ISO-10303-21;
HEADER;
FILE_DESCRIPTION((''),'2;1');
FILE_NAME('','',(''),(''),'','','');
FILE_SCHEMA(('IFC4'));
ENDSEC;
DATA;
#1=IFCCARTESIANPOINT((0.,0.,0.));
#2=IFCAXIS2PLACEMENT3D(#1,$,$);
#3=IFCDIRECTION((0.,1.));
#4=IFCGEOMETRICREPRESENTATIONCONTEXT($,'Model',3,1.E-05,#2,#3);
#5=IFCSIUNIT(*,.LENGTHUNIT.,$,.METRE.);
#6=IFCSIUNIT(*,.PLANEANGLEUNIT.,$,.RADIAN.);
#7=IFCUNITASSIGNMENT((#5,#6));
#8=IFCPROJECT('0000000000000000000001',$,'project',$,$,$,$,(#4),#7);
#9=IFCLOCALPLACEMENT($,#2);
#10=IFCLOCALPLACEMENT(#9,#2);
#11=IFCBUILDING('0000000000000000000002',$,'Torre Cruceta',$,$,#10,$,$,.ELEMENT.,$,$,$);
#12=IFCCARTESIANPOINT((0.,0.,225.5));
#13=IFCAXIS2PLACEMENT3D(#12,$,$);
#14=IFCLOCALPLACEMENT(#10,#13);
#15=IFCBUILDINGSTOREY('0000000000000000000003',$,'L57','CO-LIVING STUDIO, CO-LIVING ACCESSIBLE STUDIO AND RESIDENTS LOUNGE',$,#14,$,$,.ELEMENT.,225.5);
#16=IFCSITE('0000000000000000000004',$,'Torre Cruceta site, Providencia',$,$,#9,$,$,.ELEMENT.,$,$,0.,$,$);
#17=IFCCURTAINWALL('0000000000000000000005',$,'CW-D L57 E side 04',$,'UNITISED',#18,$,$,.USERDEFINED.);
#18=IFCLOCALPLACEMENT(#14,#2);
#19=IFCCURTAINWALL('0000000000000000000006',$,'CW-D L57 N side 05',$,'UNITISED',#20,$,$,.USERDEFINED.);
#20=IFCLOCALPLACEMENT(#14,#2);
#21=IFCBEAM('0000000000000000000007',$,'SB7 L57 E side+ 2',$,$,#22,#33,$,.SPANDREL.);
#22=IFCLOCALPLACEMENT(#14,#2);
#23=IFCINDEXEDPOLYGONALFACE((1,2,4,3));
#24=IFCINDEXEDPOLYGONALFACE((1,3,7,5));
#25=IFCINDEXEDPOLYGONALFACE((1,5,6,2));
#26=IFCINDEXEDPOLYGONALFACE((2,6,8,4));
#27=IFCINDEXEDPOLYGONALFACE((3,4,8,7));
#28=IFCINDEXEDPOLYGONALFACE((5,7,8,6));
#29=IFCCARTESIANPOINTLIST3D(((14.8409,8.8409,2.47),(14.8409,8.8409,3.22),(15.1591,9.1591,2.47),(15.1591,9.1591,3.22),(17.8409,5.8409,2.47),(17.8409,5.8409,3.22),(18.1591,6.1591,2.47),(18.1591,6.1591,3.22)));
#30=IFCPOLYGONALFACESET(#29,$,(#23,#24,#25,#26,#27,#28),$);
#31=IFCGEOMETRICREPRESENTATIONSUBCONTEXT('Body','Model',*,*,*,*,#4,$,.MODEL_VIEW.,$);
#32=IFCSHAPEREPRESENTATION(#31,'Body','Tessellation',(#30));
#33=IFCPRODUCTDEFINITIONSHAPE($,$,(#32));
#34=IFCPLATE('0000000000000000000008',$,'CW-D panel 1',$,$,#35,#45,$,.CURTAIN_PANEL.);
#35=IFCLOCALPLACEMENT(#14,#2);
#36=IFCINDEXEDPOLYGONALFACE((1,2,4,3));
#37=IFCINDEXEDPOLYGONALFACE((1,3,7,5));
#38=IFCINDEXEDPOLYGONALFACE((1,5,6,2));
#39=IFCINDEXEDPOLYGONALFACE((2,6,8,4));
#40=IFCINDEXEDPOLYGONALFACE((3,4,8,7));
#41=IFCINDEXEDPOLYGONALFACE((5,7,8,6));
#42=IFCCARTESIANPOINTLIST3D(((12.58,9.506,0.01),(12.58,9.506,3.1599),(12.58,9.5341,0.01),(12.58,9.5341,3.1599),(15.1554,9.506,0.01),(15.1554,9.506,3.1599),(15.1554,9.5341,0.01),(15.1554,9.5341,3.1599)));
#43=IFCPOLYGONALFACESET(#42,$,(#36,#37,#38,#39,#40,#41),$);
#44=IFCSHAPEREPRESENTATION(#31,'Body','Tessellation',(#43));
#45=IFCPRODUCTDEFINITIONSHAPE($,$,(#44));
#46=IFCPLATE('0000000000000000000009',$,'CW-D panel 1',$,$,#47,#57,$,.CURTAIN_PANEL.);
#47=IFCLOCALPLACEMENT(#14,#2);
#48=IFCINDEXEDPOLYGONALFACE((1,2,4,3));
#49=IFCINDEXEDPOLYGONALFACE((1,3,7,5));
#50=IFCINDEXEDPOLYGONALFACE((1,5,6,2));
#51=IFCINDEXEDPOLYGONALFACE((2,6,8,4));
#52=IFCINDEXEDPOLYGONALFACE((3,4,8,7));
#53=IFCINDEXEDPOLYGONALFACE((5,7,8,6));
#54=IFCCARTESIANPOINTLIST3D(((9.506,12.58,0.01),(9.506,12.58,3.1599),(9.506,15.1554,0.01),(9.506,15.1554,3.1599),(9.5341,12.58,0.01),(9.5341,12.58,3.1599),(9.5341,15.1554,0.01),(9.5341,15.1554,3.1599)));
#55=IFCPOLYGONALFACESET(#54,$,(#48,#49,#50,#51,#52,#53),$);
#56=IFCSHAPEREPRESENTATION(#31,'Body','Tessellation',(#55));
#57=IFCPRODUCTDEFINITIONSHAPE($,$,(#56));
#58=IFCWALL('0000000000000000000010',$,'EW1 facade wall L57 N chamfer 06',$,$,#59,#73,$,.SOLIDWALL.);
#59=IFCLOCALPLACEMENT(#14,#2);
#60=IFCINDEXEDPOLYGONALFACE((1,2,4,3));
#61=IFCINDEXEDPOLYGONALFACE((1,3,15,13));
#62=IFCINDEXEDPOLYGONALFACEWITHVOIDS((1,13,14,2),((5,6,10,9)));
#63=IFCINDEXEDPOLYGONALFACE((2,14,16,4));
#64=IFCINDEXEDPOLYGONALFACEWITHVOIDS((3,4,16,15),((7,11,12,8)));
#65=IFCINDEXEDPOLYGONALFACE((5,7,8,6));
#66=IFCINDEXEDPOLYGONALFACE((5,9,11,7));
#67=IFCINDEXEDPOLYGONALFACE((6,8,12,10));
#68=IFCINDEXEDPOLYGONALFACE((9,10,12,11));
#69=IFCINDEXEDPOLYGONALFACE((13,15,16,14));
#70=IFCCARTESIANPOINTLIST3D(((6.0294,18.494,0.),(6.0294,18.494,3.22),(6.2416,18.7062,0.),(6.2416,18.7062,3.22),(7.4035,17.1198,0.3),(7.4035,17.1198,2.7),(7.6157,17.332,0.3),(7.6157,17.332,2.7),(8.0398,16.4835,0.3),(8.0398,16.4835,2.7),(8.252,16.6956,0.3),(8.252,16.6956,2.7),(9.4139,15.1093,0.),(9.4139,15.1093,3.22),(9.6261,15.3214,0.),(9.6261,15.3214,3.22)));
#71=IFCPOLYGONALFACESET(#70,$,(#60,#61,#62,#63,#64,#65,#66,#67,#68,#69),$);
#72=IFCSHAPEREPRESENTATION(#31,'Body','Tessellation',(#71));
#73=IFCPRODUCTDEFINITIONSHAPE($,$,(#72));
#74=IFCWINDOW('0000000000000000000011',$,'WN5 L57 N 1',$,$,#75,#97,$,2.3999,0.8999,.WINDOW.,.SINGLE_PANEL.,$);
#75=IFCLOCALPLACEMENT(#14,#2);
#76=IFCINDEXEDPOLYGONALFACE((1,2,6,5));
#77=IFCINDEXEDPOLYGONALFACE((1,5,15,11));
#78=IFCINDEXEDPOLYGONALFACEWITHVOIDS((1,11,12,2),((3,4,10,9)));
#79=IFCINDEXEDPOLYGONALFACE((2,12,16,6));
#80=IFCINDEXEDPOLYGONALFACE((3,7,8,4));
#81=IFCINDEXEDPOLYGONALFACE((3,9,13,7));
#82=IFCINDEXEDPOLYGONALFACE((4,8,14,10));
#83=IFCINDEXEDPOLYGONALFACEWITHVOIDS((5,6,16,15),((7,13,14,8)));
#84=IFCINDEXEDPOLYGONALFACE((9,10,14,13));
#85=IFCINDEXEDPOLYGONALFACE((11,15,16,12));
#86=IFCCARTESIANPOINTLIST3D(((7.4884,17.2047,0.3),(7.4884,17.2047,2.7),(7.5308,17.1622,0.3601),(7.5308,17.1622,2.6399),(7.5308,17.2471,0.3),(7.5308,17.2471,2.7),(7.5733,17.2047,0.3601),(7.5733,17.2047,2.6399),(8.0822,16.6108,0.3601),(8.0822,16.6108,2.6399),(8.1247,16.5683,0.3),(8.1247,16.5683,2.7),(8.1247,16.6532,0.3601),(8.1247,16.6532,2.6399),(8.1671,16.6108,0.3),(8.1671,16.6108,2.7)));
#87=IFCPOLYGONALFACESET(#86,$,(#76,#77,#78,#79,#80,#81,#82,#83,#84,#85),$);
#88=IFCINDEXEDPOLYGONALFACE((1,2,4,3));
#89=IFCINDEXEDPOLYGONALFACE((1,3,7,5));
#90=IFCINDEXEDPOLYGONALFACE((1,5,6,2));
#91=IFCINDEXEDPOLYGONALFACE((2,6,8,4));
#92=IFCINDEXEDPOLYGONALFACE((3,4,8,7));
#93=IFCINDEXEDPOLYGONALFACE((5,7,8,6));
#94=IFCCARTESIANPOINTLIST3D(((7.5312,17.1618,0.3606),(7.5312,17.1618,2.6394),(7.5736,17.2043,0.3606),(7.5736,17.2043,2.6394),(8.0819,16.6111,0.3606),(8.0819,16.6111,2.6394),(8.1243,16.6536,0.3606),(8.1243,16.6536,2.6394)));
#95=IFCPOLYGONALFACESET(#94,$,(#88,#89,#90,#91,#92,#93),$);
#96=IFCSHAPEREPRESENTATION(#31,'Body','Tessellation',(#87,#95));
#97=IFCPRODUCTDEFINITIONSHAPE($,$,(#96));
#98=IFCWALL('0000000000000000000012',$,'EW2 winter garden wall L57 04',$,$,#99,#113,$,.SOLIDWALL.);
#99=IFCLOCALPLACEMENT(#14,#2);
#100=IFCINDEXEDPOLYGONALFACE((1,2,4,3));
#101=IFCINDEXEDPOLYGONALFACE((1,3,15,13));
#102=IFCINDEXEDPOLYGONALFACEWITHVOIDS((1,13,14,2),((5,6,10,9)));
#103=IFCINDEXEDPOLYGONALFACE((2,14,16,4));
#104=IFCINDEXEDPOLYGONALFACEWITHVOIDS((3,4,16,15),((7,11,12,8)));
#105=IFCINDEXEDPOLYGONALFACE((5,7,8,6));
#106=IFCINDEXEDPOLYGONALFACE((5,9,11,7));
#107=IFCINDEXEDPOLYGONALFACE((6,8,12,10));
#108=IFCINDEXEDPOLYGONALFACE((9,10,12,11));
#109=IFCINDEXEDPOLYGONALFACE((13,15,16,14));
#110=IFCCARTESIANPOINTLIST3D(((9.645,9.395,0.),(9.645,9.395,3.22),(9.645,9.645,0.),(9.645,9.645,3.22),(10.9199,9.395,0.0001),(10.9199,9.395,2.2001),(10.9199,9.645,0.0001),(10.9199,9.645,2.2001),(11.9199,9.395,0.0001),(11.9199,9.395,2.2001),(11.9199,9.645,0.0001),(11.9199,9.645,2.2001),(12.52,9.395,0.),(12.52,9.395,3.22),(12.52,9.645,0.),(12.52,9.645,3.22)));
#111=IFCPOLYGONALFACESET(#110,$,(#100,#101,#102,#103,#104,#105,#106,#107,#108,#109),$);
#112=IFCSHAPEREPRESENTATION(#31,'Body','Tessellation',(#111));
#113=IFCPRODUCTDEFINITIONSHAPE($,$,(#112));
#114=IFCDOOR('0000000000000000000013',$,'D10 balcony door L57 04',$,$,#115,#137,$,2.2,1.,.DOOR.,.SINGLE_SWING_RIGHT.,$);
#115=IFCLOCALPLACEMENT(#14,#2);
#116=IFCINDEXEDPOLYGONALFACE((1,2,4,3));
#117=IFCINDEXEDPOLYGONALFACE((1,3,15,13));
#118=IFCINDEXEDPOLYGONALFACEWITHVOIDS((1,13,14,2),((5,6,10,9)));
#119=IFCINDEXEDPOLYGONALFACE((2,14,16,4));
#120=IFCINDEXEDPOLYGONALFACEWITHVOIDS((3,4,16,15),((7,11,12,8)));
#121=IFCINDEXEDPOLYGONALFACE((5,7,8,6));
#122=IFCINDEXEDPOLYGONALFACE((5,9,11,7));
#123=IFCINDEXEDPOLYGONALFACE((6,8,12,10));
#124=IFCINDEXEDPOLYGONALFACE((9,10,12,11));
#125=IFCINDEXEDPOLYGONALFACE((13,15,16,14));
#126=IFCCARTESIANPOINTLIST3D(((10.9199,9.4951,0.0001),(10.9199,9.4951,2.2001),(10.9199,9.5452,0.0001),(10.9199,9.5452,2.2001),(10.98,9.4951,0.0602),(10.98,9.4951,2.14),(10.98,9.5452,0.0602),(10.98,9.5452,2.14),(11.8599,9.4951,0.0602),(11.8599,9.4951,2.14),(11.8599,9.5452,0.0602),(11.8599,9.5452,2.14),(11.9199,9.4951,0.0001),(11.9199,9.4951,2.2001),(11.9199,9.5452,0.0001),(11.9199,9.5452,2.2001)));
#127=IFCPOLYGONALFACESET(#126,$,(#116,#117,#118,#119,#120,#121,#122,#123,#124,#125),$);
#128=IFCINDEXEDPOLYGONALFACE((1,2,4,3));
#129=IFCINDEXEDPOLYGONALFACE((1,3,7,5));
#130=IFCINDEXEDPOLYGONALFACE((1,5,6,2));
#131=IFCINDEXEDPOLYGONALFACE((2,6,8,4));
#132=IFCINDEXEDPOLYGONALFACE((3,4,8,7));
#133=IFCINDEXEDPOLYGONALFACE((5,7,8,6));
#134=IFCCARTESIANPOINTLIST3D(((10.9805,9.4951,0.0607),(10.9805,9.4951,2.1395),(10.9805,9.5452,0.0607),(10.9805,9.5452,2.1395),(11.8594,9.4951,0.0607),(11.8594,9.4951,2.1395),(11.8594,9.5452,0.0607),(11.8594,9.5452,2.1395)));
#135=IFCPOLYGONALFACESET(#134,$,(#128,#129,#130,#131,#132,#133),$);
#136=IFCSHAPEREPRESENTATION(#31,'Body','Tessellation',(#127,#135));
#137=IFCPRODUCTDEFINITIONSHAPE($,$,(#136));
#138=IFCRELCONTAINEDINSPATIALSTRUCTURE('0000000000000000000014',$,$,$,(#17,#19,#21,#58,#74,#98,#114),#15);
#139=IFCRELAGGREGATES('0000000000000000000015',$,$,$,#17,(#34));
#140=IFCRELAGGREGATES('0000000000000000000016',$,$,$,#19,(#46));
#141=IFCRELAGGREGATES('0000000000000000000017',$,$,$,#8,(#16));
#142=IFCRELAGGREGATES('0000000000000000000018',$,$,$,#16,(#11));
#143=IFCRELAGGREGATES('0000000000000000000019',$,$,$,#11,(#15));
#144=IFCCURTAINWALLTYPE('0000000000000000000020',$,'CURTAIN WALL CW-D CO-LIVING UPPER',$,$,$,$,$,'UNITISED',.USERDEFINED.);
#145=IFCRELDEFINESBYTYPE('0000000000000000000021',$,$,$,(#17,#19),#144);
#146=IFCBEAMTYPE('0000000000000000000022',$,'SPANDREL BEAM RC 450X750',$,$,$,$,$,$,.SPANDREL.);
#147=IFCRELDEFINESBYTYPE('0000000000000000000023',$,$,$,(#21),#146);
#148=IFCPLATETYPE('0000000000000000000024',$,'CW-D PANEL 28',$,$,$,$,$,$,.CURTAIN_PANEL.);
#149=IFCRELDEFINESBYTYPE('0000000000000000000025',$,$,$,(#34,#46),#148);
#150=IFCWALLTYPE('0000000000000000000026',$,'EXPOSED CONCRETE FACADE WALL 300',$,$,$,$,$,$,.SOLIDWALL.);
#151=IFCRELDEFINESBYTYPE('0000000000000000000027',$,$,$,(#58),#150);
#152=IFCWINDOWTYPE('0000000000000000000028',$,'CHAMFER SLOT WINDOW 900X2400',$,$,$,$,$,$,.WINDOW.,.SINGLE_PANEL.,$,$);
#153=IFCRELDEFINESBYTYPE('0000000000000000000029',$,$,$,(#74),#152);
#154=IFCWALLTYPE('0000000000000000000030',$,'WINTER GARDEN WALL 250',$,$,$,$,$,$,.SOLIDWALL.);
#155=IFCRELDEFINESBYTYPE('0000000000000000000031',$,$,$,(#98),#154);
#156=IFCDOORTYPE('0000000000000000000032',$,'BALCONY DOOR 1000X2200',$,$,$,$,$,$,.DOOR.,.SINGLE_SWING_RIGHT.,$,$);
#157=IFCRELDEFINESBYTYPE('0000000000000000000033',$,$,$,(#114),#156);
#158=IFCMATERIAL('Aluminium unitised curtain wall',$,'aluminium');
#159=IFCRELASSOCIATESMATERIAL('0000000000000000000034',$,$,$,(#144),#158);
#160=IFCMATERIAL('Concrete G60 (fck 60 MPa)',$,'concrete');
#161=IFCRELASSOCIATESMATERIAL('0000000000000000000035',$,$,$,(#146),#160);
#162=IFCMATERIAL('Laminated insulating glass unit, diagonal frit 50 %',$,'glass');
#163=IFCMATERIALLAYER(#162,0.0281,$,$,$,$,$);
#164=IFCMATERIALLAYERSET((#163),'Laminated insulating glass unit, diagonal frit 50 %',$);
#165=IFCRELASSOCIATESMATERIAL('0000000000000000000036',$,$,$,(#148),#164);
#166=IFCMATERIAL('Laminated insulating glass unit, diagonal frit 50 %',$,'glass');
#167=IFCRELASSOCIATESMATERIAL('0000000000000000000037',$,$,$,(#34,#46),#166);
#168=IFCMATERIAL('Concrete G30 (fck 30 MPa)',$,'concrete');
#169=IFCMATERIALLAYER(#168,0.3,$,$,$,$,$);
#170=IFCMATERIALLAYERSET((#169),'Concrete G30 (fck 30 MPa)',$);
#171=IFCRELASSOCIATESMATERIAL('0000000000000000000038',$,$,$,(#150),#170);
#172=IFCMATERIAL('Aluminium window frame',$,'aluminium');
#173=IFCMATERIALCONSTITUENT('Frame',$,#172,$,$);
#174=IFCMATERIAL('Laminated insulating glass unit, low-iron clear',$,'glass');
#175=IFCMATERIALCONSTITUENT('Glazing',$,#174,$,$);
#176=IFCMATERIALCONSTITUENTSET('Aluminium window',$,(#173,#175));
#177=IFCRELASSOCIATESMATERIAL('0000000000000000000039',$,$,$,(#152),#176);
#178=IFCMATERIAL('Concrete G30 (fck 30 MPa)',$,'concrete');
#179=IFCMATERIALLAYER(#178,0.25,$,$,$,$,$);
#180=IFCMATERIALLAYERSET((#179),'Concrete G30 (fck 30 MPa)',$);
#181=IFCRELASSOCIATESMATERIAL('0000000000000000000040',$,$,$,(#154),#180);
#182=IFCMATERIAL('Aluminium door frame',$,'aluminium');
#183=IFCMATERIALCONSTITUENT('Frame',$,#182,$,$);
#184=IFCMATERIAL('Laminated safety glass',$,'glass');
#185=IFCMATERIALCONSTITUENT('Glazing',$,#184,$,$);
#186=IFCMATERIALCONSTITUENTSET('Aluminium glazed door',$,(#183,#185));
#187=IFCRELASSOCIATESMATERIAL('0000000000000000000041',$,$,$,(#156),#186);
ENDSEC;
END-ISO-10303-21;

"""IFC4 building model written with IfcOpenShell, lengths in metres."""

from ifc_helpers import new_model, si_unit, direction, frame, frame_2d, origin, origin_2d, place, context, subcontext, project, spatial, rectangle, hollow_rectangle, extrude, material, layer, layer_set, constituent, constituent_set, material_profile, profile_set, type_object, element, fill, aggregate, save


model = new_model("IFC4")

# Units and contexts
model_context = context("Model", 3, precision=1e-05, world=origin(), true_north=direction((0.0, 1.0)))
body_context = subcontext(model_context, "Body", "Model", "MODEL_VIEW")
ifc_project = project(units=[si_unit("LENGTHUNIT", "METRE"), si_unit("PLANEANGLEUNIT", "RADIAN")], contexts=[model_context])

# Site, building, storey
site_placement = place(None, origin())
site = spatial("IfcSite", under=ifc_project, at=site_placement, Name="Torre Cruceta site, Providencia", CompositionType="ELEMENT", RefElevation=0.0)
building_placement = place(site_placement, origin())
building = spatial("IfcBuilding", under=site, at=building_placement, Name="Torre Cruceta", CompositionType="ELEMENT")
storey_placement = place(building_placement, frame((0.0, 0.0, 225.5)))
storey = spatial("IfcBuildingStorey", under=building, at=storey_placement, Name="L57", Description="CO-LIVING STUDIO, CO-LIVING ACCESSIBLE STUDIO AND RESIDENTS LOUNGE", CompositionType="ELEMENT", Elevation=225.5)

# Curtain walls
ifc_material_1 = material(Name="Aluminium unitised curtain wall", Category="aluminium")
curtain_wall_type = type_object("IfcCurtainWallType", Name="CURTAIN WALL CW-D CO-LIVING UPPER", ElementType="UNITISED", PredefinedType="USERDEFINED", material=ifc_material_1)
curtain_wall_1_placement = place(storey_placement, origin())
curtain_wall_1 = element("IfcCurtainWall", 1, at=curtain_wall_1_placement, inside=storey, type_object=curtain_wall_type, Name="CW-D L57 E side 04", ObjectType="UNITISED", PredefinedType="USERDEFINED")
curtain_wall_2_placement = place(storey_placement, origin())
curtain_wall_2 = element("IfcCurtainWall", 2, at=curtain_wall_2_placement, inside=storey, type_object=curtain_wall_type, Name="CW-D L57 N side 05", ObjectType="UNITISED", PredefinedType="USERDEFINED")

# Beam
ifc_material_2 = material(Name="Concrete G60 (fck 60 MPa)", Category="concrete")
ifc_material_profile_1 = material_profile(ifc_material_2, rectangle(XDim=0.45, YDim=0.75, at=origin_2d()), Name="RC 450X750")
ifc_profile_set_1 = profile_set([ifc_material_profile_1], Name="Concrete G60 (fck 60 MPa)")
beam_type_1 = type_object("IfcBeamType", Name="SPANDREL BEAM RC 450X750", PredefinedType="SPANDREL", material=ifc_profile_set_1)
beam_1_placement = place(storey_placement, frame((15.0, 9.0, 2.845), z_axis=(0.707107, -0.707107, 0.0), x_axis=(0.707107, 0.707107, 0.0)))
element("IfcBeam", 3, at=beam_1_placement, inside=storey, type_object=beam_type_1, Name="SB7 L57 E side+ 2", PredefinedType="SPANDREL", context=body_context, shape_type="SweptSolid", body=[
    extrude(rectangle(XDim=0.45, YDim=0.75, at=origin_2d()), origin(), (0.0, 0.0, 1.0), 4.2427),
])

# Plates
ifc_material_3 = material(Name="Laminated insulating glass unit, diagonal frit 50 %", Category="glass")
ifc_material_4 = material(Name="Laminated insulating glass unit, diagonal frit 50 %", Category="glass")
ifc_layer_1 = layer(ifc_material_4, 0.0281)
ifc_layer_set_1 = layer_set([ifc_layer_1], Name="Laminated insulating glass unit, diagonal frit 50 %")
plate_type = type_object("IfcPlateType", Name="CW-D PANEL 28", PredefinedType="CURTAIN_PANEL", material=ifc_layer_set_1)
plate_1_placement = place(storey_placement, frame((13.8677, 9.52, 0.01), z_axis=(0.0, 0.0, 1.0), x_axis=(-1.0, 0.0, 0.0)))
plate_1 = element("IfcPlate", 4, at=plate_1_placement, type_object=plate_type, material=ifc_material_3, Name="CW-D panel 1", PredefinedType="CURTAIN_PANEL", context=body_context, shape_type="SweptSolid", body=[
    extrude(rectangle(XDim=2.5754, YDim=0.0281, at=origin_2d()), origin(), (0.0, 0.0, 1.0), 3.1499),
])
aggregate(curtain_wall_1, [plate_1])
plate_2_placement = place(storey_placement, frame((9.52, 13.8677, 0.01), z_axis=(0.0, 0.0, 1.0), x_axis=(0.0, 1.0, 0.0)))
plate_2 = element("IfcPlate", 5, at=plate_2_placement, type_object=plate_type, material=ifc_material_3, Name="CW-D panel 1", PredefinedType="CURTAIN_PANEL", context=body_context, shape_type="SweptSolid", body=[
    extrude(rectangle(XDim=2.5754, YDim=0.0281, at=origin_2d()), origin(), (0.0, 0.0, 1.0), 3.1499),
])
aggregate(curtain_wall_2, [plate_2])

# Wall, opening, window
ifc_material_5 = material(Name="Concrete G30 (fck 30 MPa)", Category="concrete")
ifc_layer_2 = layer(ifc_material_5, 0.3)
ifc_layer_set_2 = layer_set([ifc_layer_2], Name="Concrete G30 (fck 30 MPa)")
wall_type_1 = type_object("IfcWallType", Name="EXPOSED CONCRETE FACADE WALL 300", PredefinedType="SOLIDWALL", material=ifc_layer_set_2)
wall_1_placement = place(storey_placement, frame((9.52, 15.2153, 0.0), z_axis=(0.0, 0.0, 1.0), x_axis=(-0.707081, 0.707132, 0.0)))
wall_1 = element("IfcWall", 6, at=wall_1_placement, inside=storey, type_object=wall_type_1, Name="EW1 facade wall L57 N chamfer 06", PredefinedType="SOLIDWALL", context=body_context, shape_type="SweptSolid", body=[
    extrude(rectangle(XDim=4.7866, YDim=0.3, at=frame_2d((2.3933, 0.0))), origin(), (0.0, 0.0, 1.0), 3.22),
])
opening_1_placement = place(wall_1_placement, frame((1.9434, 0.0, 0.3)))
opening_1 = element("IfcOpeningElement", 7, at=opening_1_placement, cuts=wall_1, PredefinedType="OPENING", context=body_context, shape_type="SweptSolid", body=[
    extrude(rectangle(XDim=0.8999, YDim=2.3999, at=frame_2d((0.45, 1.2))), frame((0.0, 0.1599, 0.0), z_axis=(0.0, -1.0, 0.0), x_axis=(1.0, 0.0, 0.0)), (0.0, 0.0, 1.0), 0.3201),
])
ifc_material_6 = material(Name="Aluminium window frame", Category="aluminium")
ifc_constituent_1 = constituent(ifc_material_6, Name="Frame")
ifc_material_7 = material(Name="Laminated insulating glass unit, low-iron clear", Category="glass")
ifc_constituent_2 = constituent(ifc_material_7, Name="Glazing")
ifc_constituent_set_1 = constituent_set(constituents=[ifc_constituent_1, ifc_constituent_2], Name="Aluminium window")
window_type = type_object("IfcWindowType", Name="CHAMFER SLOT WINDOW 900X2400", PartitioningType="SINGLE_PANEL", PredefinedType="WINDOW", material=ifc_constituent_set_1)
window_placement = place(opening_1_placement, origin())
window = element("IfcWindow", 8, at=window_placement, inside=storey, type_object=window_type, Name="WN5 L57 N 1", OverallHeight=2.3999, OverallWidth=0.8999, PartitioningType="SINGLE_PANEL", PredefinedType="WINDOW", context=body_context, shape_type="SweptSolid", body=[
    extrude(hollow_rectangle(XDim=0.8999, YDim=2.3999, WallThickness=0.0601, at=frame_2d((0.45, 1.2))), frame((0.0, 0.03, 0.0), z_axis=(0.0, -1.0, 0.0), x_axis=(1.0, 0.0, 0.0)), (0.0, 0.0, 1.0), 0.0601),
    extrude(rectangle(XDim=0.7788, YDim=2.2788, at=frame_2d((0.45, 1.2))), frame((0.0, 0.03, 0.0), z_axis=(0.0, -1.0, 0.0), x_axis=(1.0, 0.0, 0.0)), (0.0, 0.0, 1.0), 0.0601),
])
fill(opening_1, window)

# Wall, opening, door
ifc_material_8 = material(Name="Concrete G30 (fck 30 MPa)", Category="concrete")
ifc_layer_3 = layer(ifc_material_8, 0.25)
ifc_layer_set_3 = layer_set([ifc_layer_3], Name="Concrete G30 (fck 30 MPa)")
wall_type_2 = type_object("IfcWallType", Name="WINTER GARDEN WALL 250", PredefinedType="SOLIDWALL", material=ifc_layer_set_3)
wall_2_placement = place(storey_placement, frame((12.52, 9.52, 0.0), z_axis=(0.0, 0.0, 1.0), x_axis=(-1.0, 0.0, 0.0)))
wall_2 = element("IfcWall", 9, at=wall_2_placement, inside=storey, type_object=wall_type_2, Name="EW2 winter garden wall L57 04", PredefinedType="SOLIDWALL", context=body_context, shape_type="SweptSolid", body=[
    extrude(rectangle(XDim=2.875, YDim=0.25, at=frame_2d((1.4375, 0.0))), origin(), (0.0, 0.0, 1.0), 3.22),
])
opening_2_placement = place(wall_2_placement, frame((0.6001, 0.0, 0.0)))
opening_2 = element("IfcOpeningElement", 10, at=opening_2_placement, cuts=wall_2, PredefinedType="OPENING", context=body_context, shape_type="SweptSolid", body=[
    extrude(rectangle(XDim=1.0, YDim=2.2, at=frame_2d((0.5, 1.1001))), frame((0.0, 0.135, 0.0), z_axis=(0.0, -1.0, 0.0), x_axis=(1.0, 0.0, 0.0)), (0.0, 0.0, 1.0), 0.27),
])
ifc_material_9 = material(Name="Aluminium door frame", Category="aluminium")
ifc_constituent_3 = constituent(ifc_material_9, Name="Frame")
ifc_material_10 = material(Name="Laminated safety glass", Category="glass")
ifc_constituent_4 = constituent(ifc_material_10, Name="Glazing")
ifc_constituent_set_2 = constituent_set(constituents=[ifc_constituent_3, ifc_constituent_4], Name="Aluminium glazed door")
door_type = type_object("IfcDoorType", Name="BALCONY DOOR 1000X2200", OperationType="SINGLE_SWING_RIGHT", PredefinedType="DOOR", material=ifc_constituent_set_2)
door_1_placement = place(opening_2_placement, origin())
door_1 = element("IfcDoor", 11, at=door_1_placement, inside=storey, type_object=door_type, Name="D10 balcony door L57 04", OperationType="SINGLE_SWING_RIGHT", OverallHeight=2.2, OverallWidth=1.0, PredefinedType="DOOR", context=body_context, shape_type="SweptSolid", body=[
    extrude(hollow_rectangle(XDim=1.0, YDim=2.2, WallThickness=0.0601, at=frame_2d((0.5, 1.1001))), frame((0.0, 0.0249, 0.0), z_axis=(0.0, -1.0, 0.0), x_axis=(1.0, 0.0, 0.0)), (0.0, 0.0, 1.0), 0.05),
    extrude(rectangle(XDim=0.8789, YDim=2.0789, at=frame_2d((0.5, 1.1001))), frame((0.0, 0.0249, 0.0), z_axis=(0.0, -1.0, 0.0), x_axis=(1.0, 0.0, 0.0)), (0.0, 0.0, 1.0), 0.05),
])
fill(opening_2, door_1)

save(model, "model.ifc")
